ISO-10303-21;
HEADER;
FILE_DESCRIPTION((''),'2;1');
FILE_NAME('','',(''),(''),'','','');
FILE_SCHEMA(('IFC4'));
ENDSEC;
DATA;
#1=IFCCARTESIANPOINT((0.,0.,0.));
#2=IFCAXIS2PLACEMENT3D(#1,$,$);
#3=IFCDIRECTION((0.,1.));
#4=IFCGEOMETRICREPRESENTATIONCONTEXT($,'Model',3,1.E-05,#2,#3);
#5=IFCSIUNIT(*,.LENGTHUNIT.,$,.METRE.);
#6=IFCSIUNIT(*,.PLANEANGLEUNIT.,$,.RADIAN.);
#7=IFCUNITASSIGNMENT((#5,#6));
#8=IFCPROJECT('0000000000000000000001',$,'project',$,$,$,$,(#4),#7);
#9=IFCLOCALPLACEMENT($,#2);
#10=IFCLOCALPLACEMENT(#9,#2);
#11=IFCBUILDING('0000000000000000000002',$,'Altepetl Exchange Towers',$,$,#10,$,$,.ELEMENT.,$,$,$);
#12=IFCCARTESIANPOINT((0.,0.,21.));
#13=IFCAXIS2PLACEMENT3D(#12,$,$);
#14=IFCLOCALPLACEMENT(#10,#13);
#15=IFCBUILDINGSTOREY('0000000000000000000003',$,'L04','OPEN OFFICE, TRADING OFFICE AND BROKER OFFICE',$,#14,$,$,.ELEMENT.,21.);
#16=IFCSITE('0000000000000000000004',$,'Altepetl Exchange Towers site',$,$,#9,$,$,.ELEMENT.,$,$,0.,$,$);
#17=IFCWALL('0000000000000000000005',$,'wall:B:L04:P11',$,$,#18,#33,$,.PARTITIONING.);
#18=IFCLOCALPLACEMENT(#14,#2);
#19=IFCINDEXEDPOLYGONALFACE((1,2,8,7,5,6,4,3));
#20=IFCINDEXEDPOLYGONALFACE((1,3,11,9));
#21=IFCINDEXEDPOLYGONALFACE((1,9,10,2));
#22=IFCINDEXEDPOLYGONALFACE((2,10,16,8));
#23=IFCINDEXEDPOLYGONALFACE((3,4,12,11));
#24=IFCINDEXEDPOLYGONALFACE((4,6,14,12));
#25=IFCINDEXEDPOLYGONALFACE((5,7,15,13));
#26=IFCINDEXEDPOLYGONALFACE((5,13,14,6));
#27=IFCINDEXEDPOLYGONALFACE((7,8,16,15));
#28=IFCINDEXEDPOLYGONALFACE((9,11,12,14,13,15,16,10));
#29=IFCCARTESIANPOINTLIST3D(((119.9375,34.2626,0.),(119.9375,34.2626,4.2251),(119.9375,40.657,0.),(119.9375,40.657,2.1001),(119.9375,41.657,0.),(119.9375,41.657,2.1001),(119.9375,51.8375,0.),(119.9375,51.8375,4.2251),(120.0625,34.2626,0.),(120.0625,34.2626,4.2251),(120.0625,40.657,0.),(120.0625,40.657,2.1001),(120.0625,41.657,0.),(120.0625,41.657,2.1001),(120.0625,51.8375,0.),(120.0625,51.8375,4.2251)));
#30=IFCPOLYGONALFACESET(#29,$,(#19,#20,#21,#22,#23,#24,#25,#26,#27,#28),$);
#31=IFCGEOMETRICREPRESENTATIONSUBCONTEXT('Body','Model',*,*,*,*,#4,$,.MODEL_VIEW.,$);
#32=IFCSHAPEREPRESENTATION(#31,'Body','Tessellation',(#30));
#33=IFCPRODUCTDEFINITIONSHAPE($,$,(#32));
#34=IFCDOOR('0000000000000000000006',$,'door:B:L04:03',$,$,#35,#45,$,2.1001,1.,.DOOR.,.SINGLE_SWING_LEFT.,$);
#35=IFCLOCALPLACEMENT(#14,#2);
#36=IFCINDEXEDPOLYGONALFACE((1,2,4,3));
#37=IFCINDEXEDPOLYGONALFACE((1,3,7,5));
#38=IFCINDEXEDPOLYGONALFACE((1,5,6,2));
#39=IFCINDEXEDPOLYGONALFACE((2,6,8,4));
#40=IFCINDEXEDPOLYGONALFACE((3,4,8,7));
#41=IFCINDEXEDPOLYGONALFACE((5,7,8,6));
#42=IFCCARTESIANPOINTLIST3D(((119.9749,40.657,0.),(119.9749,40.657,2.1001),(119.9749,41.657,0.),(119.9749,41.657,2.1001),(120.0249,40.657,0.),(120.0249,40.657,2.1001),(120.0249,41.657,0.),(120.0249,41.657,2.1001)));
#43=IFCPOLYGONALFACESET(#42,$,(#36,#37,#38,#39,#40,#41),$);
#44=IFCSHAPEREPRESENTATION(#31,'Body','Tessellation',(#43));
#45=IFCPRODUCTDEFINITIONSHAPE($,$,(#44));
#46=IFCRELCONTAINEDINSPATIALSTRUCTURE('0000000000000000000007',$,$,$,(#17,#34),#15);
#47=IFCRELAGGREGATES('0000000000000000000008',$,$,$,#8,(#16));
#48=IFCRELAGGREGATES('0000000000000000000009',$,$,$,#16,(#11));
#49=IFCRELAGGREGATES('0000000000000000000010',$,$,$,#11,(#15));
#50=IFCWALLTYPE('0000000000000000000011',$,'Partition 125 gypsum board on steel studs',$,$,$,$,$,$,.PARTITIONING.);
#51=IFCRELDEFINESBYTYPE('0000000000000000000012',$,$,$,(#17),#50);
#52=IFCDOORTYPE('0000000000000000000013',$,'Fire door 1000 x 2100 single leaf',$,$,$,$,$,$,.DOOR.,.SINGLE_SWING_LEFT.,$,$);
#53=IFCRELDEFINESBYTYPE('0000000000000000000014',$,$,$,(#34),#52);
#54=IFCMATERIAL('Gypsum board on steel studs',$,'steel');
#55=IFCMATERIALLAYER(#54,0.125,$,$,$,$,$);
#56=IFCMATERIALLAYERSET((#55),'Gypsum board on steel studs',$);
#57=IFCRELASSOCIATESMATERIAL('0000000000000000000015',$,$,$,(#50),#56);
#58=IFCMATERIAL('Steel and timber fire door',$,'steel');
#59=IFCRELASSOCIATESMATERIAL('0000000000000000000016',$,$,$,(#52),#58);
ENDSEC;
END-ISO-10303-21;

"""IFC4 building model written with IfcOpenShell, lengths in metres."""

from ifc_helpers import new_model, si_unit, direction, frame, frame_2d, origin, place, context, subcontext, project, spatial, rectangle, extrude, material, layer, layer_set, type_object, element, fill, save


model = new_model("IFC4")

# Units and contexts
model_context = context("Model", 3, precision=1e-05, world=origin(), true_north=direction((0.0, 1.0)))
body_context = subcontext(model_context, "Body", "Model", "MODEL_VIEW")
ifc_project = project(units=[si_unit("LENGTHUNIT", "METRE"), si_unit("PLANEANGLEUNIT", "RADIAN")], contexts=[model_context])

# Site, building, storey
site_placement = place(None, origin())
site = spatial("IfcSite", under=ifc_project, at=site_placement, Name="Altepetl Exchange Towers site", CompositionType="ELEMENT", RefElevation=0.0)
building_placement = place(site_placement, origin())
building = spatial("IfcBuilding", under=site, at=building_placement, Name="Altepetl Exchange Towers", CompositionType="ELEMENT")
storey_placement = place(building_placement, frame((0.0, 0.0, 21.0)))
storey = spatial("IfcBuildingStorey", under=building, at=storey_placement, Name="L04", Description="OPEN OFFICE, TRADING OFFICE AND BROKER OFFICE", CompositionType="ELEMENT", Elevation=21.0)

# Wall, opening, door
ifc_material_1 = material(Name="Gypsum board on steel studs", Category="steel")
ifc_layer_1 = layer(ifc_material_1, 0.125)
ifc_layer_set_1 = layer_set([ifc_layer_1], Name="Gypsum board on steel studs")
wall_type = type_object("IfcWallType", Name="Partition 125 gypsum board on steel studs", PredefinedType="PARTITIONING", material=ifc_layer_set_1)
wall_placement = place(storey_placement, frame((120.0, 34.2625, 0.0), z_axis=(0.0, 0.0, 1.0), x_axis=(0.0, 1.0, 0.0)))
wall = element("IfcWall", 1, at=wall_placement, inside=storey, type_object=wall_type, Name="wall:B:L04:P11", PredefinedType="PARTITIONING", context=body_context, shape_type="SweptSolid", body=[
    extrude(rectangle(XDim=17.575, YDim=0.125, at=frame_2d((8.7876, 0.0))), origin(), (0.0, 0.0, 1.0), 4.2251),
])
opening_placement = place(wall_placement, frame((6.3945, 0.0, 0.0)))
opening = element("IfcOpeningElement", 2, at=opening_placement, cuts=wall, PredefinedType="OPENING", context=body_context, shape_type="SweptSolid", body=[
    extrude(rectangle(XDim=1.0, YDim=2.1001, at=frame_2d((0.5, 1.05))), frame((0.0, 0.0725, 0.0), z_axis=(0.0, -1.0, 0.0), x_axis=(1.0, 0.0, 0.0)), (0.0, 0.0, 1.0), 0.145),
])
ifc_material_2 = material(Name="Steel and timber fire door", Category="steel")
door_type = type_object("IfcDoorType", Name="Fire door 1000 x 2100 single leaf", OperationType="SINGLE_SWING_LEFT", PredefinedType="DOOR", material=ifc_material_2)
door_placement = place(opening_placement, frame((1.0, 0.0, 0.0), x_axis=(-1.0, 0.0, 0.0)))
door = element("IfcDoor", 3, at=door_placement, inside=storey, type_object=door_type, Name="door:B:L04:03", OperationType="SINGLE_SWING_LEFT", OverallHeight=2.1001, OverallWidth=1.0, PredefinedType="DOOR", context=body_context, shape_type="SweptSolid", body=[
    extrude(rectangle(XDim=1.0, YDim=2.1001, at=frame_2d((0.5, 1.05))), frame((0.0, 0.0249, 0.0), z_axis=(0.0, -1.0, 0.0), x_axis=(1.0, 0.0, 0.0)), (0.0, 0.0, 1.0), 0.05),
])
fill(opening, door)

save(model, "model.ifc")
